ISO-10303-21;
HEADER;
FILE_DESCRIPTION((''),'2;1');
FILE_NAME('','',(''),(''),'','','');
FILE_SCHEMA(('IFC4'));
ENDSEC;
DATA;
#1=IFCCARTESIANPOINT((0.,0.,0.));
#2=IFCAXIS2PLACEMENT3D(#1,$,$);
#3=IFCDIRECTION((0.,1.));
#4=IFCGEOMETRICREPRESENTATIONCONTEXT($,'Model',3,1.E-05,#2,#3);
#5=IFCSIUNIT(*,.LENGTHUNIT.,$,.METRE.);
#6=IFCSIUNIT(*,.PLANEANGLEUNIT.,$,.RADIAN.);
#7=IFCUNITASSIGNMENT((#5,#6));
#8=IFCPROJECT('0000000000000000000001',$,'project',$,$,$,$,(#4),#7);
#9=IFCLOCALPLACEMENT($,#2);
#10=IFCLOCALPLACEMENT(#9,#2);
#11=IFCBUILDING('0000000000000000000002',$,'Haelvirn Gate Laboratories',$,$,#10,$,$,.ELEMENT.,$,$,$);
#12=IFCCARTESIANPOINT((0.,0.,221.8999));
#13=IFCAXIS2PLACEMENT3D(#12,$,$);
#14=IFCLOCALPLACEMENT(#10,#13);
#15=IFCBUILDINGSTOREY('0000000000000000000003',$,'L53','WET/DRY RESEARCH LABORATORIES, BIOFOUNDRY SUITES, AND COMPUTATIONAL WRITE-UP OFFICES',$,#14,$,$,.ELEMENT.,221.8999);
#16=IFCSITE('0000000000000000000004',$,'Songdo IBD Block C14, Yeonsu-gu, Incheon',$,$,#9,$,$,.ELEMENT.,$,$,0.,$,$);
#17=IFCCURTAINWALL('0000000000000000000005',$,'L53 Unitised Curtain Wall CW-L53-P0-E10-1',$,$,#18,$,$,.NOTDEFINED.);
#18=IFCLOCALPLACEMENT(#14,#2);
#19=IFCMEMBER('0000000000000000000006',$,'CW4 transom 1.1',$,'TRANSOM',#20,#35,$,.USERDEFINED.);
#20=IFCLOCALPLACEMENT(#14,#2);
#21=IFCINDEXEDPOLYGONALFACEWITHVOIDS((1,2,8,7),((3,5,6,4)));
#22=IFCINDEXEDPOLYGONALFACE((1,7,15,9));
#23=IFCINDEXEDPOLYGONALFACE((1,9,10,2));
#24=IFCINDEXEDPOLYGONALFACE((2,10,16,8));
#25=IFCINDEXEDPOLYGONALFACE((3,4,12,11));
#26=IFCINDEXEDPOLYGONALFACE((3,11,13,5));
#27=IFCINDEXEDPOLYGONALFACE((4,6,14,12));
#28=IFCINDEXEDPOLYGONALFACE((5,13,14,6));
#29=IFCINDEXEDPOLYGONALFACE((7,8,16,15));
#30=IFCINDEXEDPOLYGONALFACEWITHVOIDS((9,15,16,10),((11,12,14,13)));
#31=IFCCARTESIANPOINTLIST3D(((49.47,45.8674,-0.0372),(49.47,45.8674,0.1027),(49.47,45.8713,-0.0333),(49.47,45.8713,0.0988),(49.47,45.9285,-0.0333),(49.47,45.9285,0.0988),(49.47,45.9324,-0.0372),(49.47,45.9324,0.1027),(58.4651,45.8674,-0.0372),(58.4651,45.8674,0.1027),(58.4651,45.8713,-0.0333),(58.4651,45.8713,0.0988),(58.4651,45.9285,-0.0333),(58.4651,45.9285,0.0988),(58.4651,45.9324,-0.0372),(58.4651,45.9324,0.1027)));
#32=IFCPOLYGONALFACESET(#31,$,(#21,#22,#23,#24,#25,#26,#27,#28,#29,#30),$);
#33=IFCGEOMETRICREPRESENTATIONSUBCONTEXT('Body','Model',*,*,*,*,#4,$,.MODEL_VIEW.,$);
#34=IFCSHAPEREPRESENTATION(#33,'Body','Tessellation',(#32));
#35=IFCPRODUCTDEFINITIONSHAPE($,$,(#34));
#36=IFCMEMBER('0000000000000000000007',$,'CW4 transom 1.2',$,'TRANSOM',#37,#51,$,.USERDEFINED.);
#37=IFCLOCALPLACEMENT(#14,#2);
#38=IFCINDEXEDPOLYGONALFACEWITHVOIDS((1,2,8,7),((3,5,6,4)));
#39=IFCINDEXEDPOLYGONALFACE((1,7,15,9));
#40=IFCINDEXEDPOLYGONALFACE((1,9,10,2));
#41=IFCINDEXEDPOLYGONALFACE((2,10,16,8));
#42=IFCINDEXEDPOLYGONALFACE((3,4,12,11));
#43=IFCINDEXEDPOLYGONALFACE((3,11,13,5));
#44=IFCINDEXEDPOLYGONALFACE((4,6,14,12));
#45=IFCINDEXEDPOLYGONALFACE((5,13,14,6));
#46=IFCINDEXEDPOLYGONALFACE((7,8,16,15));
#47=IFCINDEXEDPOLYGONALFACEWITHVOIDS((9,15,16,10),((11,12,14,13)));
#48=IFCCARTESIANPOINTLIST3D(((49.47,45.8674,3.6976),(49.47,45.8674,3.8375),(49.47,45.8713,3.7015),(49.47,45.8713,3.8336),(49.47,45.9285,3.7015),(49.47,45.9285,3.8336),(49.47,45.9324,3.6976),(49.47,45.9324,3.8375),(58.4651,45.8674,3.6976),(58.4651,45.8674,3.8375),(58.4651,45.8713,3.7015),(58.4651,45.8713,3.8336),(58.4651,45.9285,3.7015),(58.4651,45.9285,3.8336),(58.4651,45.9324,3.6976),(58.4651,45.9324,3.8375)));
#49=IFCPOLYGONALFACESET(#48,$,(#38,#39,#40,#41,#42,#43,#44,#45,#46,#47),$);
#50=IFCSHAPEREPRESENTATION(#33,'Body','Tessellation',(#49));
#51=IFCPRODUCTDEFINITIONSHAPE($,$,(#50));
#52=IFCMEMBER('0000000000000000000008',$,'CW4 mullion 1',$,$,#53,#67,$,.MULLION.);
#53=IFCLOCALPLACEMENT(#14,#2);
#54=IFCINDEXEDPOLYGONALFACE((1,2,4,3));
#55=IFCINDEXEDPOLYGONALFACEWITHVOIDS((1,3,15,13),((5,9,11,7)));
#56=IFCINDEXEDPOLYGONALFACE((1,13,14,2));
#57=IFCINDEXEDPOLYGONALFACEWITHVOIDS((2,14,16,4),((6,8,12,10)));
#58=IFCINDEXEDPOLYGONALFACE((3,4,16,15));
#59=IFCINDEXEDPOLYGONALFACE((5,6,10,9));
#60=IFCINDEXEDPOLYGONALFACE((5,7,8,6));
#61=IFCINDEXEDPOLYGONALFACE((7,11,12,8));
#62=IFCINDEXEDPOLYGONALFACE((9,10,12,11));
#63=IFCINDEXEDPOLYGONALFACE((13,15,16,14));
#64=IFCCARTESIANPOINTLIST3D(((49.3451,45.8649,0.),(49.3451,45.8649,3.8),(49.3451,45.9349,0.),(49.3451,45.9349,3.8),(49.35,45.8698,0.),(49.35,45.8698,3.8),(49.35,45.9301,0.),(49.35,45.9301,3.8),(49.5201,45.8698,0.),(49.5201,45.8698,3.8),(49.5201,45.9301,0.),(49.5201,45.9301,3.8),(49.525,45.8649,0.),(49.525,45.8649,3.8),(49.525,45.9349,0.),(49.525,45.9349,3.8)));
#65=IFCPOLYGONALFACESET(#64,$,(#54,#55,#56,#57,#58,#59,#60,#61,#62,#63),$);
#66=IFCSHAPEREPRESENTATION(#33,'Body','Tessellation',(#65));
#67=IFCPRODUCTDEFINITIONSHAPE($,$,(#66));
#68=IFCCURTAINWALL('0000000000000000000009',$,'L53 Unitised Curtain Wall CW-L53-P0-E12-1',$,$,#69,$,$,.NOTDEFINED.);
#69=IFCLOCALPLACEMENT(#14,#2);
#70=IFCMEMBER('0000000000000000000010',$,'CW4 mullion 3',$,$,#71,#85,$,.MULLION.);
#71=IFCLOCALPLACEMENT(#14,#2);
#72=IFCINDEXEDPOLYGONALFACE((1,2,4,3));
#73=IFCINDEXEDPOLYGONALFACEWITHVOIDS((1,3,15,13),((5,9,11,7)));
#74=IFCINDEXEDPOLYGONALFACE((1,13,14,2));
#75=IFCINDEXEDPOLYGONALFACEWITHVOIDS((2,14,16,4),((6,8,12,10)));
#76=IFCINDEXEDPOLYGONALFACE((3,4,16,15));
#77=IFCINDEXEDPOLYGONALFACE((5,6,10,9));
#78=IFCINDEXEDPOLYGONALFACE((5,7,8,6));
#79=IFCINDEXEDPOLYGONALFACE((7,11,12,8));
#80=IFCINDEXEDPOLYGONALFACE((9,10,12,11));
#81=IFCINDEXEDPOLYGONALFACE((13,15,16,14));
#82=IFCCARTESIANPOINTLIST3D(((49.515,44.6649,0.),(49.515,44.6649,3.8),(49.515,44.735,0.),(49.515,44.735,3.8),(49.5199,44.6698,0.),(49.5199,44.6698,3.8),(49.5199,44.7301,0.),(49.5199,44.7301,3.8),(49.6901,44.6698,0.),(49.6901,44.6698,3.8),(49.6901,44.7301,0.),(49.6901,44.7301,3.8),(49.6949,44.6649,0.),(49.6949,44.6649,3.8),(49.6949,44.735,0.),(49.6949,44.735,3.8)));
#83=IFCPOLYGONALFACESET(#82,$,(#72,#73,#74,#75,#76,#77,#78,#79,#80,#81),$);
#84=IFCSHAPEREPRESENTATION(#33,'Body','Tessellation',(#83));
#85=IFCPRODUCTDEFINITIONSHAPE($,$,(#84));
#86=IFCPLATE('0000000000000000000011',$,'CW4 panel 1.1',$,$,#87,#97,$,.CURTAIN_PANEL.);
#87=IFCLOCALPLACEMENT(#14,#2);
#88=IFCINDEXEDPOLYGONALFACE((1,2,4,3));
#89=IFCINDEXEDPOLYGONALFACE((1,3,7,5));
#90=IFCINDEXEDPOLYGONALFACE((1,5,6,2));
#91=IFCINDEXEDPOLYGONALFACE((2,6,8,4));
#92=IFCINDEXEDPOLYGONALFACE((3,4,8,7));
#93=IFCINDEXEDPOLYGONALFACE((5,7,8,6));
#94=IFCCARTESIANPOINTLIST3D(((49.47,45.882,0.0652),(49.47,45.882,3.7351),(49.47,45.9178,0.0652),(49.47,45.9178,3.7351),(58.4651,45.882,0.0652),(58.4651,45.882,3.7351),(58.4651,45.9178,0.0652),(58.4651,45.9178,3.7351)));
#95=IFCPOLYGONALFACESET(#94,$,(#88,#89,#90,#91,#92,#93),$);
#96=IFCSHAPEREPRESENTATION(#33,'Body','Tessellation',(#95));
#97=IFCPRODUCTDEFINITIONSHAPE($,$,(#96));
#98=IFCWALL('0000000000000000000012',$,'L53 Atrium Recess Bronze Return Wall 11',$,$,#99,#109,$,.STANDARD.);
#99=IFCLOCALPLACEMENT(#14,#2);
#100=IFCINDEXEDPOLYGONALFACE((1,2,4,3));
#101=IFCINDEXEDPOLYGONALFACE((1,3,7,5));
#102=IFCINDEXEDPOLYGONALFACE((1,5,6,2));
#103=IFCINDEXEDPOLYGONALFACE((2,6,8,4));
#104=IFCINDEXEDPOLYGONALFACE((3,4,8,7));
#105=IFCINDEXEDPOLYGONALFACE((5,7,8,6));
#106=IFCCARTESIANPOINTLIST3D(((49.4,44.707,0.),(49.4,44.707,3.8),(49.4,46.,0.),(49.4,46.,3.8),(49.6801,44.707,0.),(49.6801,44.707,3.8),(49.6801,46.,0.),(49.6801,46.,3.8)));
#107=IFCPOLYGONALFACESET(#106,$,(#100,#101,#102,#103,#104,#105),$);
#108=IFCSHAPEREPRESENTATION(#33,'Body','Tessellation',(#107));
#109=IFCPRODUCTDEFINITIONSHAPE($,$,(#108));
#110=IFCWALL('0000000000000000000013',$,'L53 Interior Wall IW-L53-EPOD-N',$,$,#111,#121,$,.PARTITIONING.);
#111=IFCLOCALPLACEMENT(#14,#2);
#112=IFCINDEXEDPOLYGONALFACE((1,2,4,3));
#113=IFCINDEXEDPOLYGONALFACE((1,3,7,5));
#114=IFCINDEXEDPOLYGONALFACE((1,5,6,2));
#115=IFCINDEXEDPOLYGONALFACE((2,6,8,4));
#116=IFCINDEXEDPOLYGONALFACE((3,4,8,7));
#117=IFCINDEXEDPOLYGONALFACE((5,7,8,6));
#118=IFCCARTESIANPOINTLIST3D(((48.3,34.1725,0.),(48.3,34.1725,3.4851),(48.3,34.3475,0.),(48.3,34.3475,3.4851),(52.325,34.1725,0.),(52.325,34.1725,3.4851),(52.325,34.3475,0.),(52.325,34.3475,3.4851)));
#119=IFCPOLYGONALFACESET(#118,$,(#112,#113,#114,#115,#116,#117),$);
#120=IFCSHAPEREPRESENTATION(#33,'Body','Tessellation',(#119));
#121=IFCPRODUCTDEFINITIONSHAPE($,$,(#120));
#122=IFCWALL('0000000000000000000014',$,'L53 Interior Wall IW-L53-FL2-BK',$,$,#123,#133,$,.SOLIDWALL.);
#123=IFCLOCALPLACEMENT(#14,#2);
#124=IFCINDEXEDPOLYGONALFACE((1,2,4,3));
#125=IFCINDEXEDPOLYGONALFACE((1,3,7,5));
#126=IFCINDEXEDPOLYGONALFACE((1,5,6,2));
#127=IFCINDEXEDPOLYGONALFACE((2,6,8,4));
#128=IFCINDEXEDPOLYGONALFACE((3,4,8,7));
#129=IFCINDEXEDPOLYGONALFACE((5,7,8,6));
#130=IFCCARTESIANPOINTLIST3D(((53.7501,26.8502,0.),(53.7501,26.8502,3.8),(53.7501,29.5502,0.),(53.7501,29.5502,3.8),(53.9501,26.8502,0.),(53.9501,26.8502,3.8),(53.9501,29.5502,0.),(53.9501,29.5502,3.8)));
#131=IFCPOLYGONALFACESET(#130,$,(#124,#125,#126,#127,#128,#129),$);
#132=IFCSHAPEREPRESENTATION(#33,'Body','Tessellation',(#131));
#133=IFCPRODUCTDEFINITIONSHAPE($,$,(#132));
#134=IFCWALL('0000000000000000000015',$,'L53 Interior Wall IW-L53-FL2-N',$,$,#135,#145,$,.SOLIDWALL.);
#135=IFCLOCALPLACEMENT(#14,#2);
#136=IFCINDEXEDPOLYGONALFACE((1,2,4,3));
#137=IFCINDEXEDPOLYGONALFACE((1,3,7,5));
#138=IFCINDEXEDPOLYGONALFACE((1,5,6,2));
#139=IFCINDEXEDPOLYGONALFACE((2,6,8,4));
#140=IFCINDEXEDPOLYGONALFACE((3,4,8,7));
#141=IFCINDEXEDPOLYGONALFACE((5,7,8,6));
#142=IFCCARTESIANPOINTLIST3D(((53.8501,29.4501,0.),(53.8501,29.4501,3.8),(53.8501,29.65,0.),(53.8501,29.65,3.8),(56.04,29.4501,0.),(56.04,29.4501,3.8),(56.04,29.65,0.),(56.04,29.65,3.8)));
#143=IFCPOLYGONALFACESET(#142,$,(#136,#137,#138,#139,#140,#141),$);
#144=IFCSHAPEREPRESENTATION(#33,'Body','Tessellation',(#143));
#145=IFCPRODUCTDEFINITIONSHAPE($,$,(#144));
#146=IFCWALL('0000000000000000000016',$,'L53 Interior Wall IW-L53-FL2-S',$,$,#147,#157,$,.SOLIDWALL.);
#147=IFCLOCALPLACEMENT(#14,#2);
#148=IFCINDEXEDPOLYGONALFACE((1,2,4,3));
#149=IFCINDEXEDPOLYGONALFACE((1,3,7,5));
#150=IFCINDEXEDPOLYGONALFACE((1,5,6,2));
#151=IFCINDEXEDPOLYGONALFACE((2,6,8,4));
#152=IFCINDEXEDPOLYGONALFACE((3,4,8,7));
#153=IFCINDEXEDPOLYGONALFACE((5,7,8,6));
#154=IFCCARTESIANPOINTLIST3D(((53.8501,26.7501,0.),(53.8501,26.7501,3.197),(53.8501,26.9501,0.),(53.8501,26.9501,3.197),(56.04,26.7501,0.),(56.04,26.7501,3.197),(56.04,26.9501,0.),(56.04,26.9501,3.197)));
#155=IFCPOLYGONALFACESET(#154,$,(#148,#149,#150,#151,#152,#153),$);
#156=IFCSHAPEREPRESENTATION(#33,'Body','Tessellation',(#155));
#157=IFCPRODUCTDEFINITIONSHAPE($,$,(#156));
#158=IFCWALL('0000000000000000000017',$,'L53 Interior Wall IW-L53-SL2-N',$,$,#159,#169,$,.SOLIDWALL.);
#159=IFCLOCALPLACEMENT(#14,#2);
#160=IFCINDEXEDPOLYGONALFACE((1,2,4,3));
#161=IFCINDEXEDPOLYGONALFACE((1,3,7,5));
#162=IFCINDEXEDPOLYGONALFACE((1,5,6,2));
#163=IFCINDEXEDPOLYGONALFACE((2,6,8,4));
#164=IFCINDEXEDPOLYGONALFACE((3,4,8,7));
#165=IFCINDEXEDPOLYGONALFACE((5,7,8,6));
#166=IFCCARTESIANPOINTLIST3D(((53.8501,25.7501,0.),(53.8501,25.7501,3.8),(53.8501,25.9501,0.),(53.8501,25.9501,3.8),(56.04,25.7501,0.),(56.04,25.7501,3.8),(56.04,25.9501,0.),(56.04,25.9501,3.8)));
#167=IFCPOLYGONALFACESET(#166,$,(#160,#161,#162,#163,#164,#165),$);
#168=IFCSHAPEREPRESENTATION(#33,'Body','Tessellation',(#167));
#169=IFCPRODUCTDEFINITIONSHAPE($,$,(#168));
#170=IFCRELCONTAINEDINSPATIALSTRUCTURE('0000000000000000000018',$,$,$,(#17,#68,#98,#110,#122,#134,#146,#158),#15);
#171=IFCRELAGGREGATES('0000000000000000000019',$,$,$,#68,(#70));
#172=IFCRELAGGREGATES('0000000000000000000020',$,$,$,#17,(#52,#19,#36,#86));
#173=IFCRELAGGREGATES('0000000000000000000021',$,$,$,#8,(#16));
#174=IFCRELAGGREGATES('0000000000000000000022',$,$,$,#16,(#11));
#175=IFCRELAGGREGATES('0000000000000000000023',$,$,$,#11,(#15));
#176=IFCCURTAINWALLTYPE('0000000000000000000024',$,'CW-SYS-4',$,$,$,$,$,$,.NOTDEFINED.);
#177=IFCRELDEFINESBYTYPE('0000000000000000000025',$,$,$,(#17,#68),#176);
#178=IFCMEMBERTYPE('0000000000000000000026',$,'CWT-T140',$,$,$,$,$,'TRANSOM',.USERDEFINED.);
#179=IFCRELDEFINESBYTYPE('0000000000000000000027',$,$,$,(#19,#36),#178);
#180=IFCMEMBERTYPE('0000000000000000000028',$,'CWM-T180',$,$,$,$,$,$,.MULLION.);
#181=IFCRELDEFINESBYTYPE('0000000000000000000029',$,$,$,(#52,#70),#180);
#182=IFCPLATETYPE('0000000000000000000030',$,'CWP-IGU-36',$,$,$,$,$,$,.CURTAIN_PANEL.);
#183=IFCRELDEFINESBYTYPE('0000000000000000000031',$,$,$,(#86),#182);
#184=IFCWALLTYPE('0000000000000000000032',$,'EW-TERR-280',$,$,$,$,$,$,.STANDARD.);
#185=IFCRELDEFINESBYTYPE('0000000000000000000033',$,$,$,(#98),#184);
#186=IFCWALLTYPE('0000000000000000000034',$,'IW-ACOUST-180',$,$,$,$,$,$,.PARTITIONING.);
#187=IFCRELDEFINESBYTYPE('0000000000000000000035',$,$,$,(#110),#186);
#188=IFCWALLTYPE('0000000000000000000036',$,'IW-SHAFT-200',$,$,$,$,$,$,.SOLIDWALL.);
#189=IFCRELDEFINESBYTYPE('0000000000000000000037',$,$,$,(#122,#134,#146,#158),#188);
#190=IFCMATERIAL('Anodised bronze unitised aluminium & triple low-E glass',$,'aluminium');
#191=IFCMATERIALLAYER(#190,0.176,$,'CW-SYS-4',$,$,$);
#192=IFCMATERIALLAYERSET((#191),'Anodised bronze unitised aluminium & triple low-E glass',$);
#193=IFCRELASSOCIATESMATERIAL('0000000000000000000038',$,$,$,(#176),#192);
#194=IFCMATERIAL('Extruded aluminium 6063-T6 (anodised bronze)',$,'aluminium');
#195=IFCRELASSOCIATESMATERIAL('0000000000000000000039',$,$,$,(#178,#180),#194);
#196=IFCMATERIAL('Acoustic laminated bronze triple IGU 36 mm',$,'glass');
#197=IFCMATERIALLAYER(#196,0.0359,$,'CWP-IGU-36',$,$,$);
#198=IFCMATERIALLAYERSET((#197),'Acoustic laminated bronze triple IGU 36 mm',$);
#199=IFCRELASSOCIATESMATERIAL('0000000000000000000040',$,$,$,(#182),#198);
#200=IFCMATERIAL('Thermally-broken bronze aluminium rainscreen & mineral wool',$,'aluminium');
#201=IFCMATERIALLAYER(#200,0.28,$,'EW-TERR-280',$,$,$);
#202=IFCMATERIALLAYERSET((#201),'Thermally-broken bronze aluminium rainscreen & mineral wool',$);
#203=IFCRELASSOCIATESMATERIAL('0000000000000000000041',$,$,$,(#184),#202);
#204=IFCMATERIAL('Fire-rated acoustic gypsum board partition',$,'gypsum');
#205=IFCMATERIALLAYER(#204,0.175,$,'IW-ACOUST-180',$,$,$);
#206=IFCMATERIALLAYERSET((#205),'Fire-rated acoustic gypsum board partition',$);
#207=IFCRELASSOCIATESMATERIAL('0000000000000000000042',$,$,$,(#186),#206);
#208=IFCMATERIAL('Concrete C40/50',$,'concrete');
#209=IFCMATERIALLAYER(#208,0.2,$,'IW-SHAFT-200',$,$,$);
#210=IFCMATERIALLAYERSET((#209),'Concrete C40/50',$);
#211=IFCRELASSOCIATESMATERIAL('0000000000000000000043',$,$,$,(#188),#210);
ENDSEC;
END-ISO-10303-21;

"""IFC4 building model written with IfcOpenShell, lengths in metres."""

from ifc_helpers import new_model, si_unit, direction, frame, frame_2d, origin, origin_2d, place, context, subcontext, project, spatial, rectangle, hollow_rectangle, extrude, source, transform, mapped, material, layer, layer_set, material_profile, profile_set, type_object, type_shapes, element, aggregate, save


model = new_model("IFC4")

# Units and contexts
model_context = context("Model", 3, precision=1e-05, world=origin(), true_north=direction((0.0, 1.0)))
body_context = subcontext(model_context, "Body", "Model", "MODEL_VIEW")
ifc_project = project(units=[si_unit("LENGTHUNIT", "METRE"), si_unit("PLANEANGLEUNIT", "RADIAN")], contexts=[model_context])

# Site, building, storey
site_placement = place(None, origin())
site = spatial("IfcSite", under=ifc_project, at=site_placement, Name="Songdo IBD Block C14, Yeonsu-gu, Incheon", CompositionType="ELEMENT", RefElevation=0.0)
building_placement = place(site_placement, origin())
building = spatial("IfcBuilding", under=site, at=building_placement, Name="Haelvirn Gate Laboratories", CompositionType="ELEMENT")
storey_placement = place(building_placement, frame((0.0, 0.0, 221.8999)))
storey = spatial("IfcBuildingStorey", under=building, at=storey_placement, Name="L53", Description="WET/DRY RESEARCH LABORATORIES, BIOFOUNDRY SUITES, AND COMPUTATIONAL WRITE-UP OFFICES", CompositionType="ELEMENT", Elevation=221.8999)

# Curtain wall, members
ifc_material_1 = material(Name="Anodised bronze unitised aluminium & triple low-E glass", Category="aluminium")
ifc_layer_1 = layer(ifc_material_1, 0.176, Name="CW-SYS-4")
ifc_layer_set_1 = layer_set([ifc_layer_1], Name="Anodised bronze unitised aluminium & triple low-E glass")
curtain_wall_type = type_object("IfcCurtainWallType", Name="CW-SYS-4", PredefinedType="NOTDEFINED", material=ifc_layer_set_1)
curtain_wall_1_placement = place(storey_placement, origin())
curtain_wall_1 = element("IfcCurtainWall", 1, at=curtain_wall_1_placement, inside=storey, type_object=curtain_wall_type, Name="L53 Unitised Curtain Wall CW-L53-P0-E10-1", PredefinedType="NOTDEFINED")
ifc_material_2 = material(Name="Extruded aluminium 6063-T6 (anodised bronze)", Category="aluminium")
ifc_material_profile_1 = material_profile(ifc_material_2, hollow_rectangle(XDim=0.0649, YDim=0.1399, WallThickness=0.0039, at=origin_2d()), Name="CWT-140x65x4")
ifc_profile_set_1 = profile_set([ifc_material_profile_1], Name="Extruded aluminium 6063-T6 (anodised bronze)")
member_type_1 = type_object("IfcMemberType", Name="CWT-T140", ElementType="TRANSOM", PredefinedType="USERDEFINED", material=ifc_profile_set_1)
shared_shape_1 = source(origin(), body_context, "Body", "SweptSolid", [
    extrude(hollow_rectangle(XDim=0.0649, YDim=0.1399, WallThickness=0.0039, at=origin_2d()), origin(), (0.0, 0.0, 1.0), 8.9951),
])
type_shapes(member_type_1, [shared_shape_1])
member_1_placement = place(storey_placement, frame((49.47, 45.8999, 0.0327), z_axis=(1.0, 0.0, 0.0), x_axis=(0.0, 1.0, 0.0)))
member_1 = element("IfcMember", 2, at=member_1_placement, type_object=member_type_1, Name="CW4 transom 1.1", ObjectType="TRANSOM", PredefinedType="USERDEFINED", context=body_context, shape_type="MappedRepresentation", body=[
    mapped(shared_shape_1, transform((0.0, 0.0, 0.0), scale=1.0)),
])
member_2_placement = place(storey_placement, frame((49.47, 45.8999, 3.7676), z_axis=(1.0, 0.0, 0.0), x_axis=(0.0, 1.0, 0.0)))
member_2 = element("IfcMember", 3, at=member_2_placement, type_object=member_type_1, Name="CW4 transom 1.2", ObjectType="TRANSOM", PredefinedType="USERDEFINED", context=body_context, shape_type="MappedRepresentation", body=[
    mapped(shared_shape_1, transform((0.0, 0.0, 0.0), scale=1.0)),
])
ifc_material_profile_2 = material_profile(ifc_material_2, hollow_rectangle(XDim=0.0701, YDim=0.1799, WallThickness=0.0049, at=origin_2d()), Name="CWM-180x70x5")
ifc_profile_set_2 = profile_set([ifc_material_profile_2], Name="Extruded aluminium 6063-T6 (anodised bronze)")
member_type_2 = type_object("IfcMemberType", Name="CWM-T180", PredefinedType="MULLION", material=ifc_profile_set_2)
shared_shape_2 = source(origin(), body_context, "Body", "SweptSolid", [
    extrude(hollow_rectangle(XDim=0.0701, YDim=0.1799, WallThickness=0.0049, at=origin_2d()), origin(), (0.0, 0.0, 1.0), 3.8),
])
type_shapes(member_type_2, [shared_shape_2])
member_3_placement = place(storey_placement, frame((49.4351, 45.8999, 0.0), z_axis=(0.0, 0.0, 1.0), x_axis=(0.0, 1.0, 0.0)))
member_3 = element("IfcMember", 4, at=member_3_placement, type_object=member_type_2, Name="CW4 mullion 1", PredefinedType="MULLION", context=body_context, shape_type="MappedRepresentation", body=[
    mapped(shared_shape_2, transform((0.0, 0.0, 0.0), scale=1.0)),
])

# Curtain wall, member
curtain_wall_2_placement = place(storey_placement, origin())
curtain_wall_2 = element("IfcCurtainWall", 5, at=curtain_wall_2_placement, inside=storey, type_object=curtain_wall_type, Name="L53 Unitised Curtain Wall CW-L53-P0-E12-1", PredefinedType="NOTDEFINED")
member_4_placement = place(storey_placement, frame((49.605, 44.7, 0.0), z_axis=(0.0, 0.0, 1.0), x_axis=(0.0, 1.0, 0.0)))
member_4 = element("IfcMember", 6, at=member_4_placement, type_object=member_type_2, Name="CW4 mullion 3", PredefinedType="MULLION", context=body_context, shape_type="MappedRepresentation", body=[
    mapped(shared_shape_2, transform((0.0, 0.0, 0.0), scale=1.0)),
])
aggregate(curtain_wall_2, [member_4])

# Plate
ifc_material_3 = material(Name="Acoustic laminated bronze triple IGU 36 mm", Category="glass")
ifc_layer_2 = layer(ifc_material_3, 0.0359, Name="CWP-IGU-36")
ifc_layer_set_2 = layer_set([ifc_layer_2], Name="Acoustic laminated bronze triple IGU 36 mm")
plate_type = type_object("IfcPlateType", Name="CWP-IGU-36", PredefinedType="CURTAIN_PANEL", material=ifc_layer_set_2)
shared_shape_3 = source(origin(), body_context, "Body", "SweptSolid", [
    extrude(rectangle(XDim=8.9951, YDim=0.0359, at=origin_2d()), origin(), (0.0, 0.0, 1.0), 3.6699),
])
type_shapes(plate_type, [shared_shape_3])
plate_placement = place(storey_placement, frame((53.9675, 45.8999, 0.0652), z_axis=(0.0, 0.0, 1.0), x_axis=(1.0, 0.0, 0.0)))
plate = element("IfcPlate", 7, at=plate_placement, type_object=plate_type, Name="CW4 panel 1.1", PredefinedType="CURTAIN_PANEL", context=body_context, shape_type="MappedRepresentation", body=[
    mapped(shared_shape_3, transform((0.0, 0.0, 0.0), scale=1.0)),
])
aggregate(curtain_wall_1, [member_3, member_1, member_2, plate])

# Walls
ifc_material_4 = material(Name="Thermally-broken bronze aluminium rainscreen & mineral wool", Category="aluminium")
ifc_layer_3 = layer(ifc_material_4, 0.28, Name="EW-TERR-280")
ifc_layer_set_3 = layer_set([ifc_layer_3], Name="Thermally-broken bronze aluminium rainscreen & mineral wool")
wall_type_1 = type_object("IfcWallType", Name="EW-TERR-280", PredefinedType="STANDARD", material=ifc_layer_set_3)
wall_1_placement = place(storey_placement, frame((49.54, 46.0, 0.0), z_axis=(0.0, 0.0, 1.0), x_axis=(0.0, -1.0, 0.0)))
element("IfcWall", 8, at=wall_1_placement, inside=storey, type_object=wall_type_1, Name="L53 Atrium Recess Bronze Return Wall 11", PredefinedType="STANDARD", context=body_context, shape_type="SweptSolid", body=[
    extrude(rectangle(XDim=1.293, YDim=0.28, at=frame_2d((0.6465, 0.0))), origin(), (0.0, 0.0, 1.0), 3.8),
])
ifc_material_5 = material(Name="Fire-rated acoustic gypsum board partition", Category="gypsum")
ifc_layer_4 = layer(ifc_material_5, 0.175, Name="IW-ACOUST-180")
ifc_layer_set_4 = layer_set([ifc_layer_4], Name="Fire-rated acoustic gypsum board partition")
wall_type_2 = type_object("IfcWallType", Name="IW-ACOUST-180", PredefinedType="PARTITIONING", material=ifc_layer_set_4)
wall_2_placement = place(storey_placement, frame((48.3, 34.26, 0.0), z_axis=(0.0, 0.0, 1.0), x_axis=(1.0, 0.0, 0.0)))
element("IfcWall", 9, at=wall_2_placement, inside=storey, type_object=wall_type_2, Name="L53 Interior Wall IW-L53-EPOD-N", PredefinedType="PARTITIONING", context=body_context, shape_type="SweptSolid", body=[
    extrude(rectangle(XDim=4.0249, YDim=0.175, at=frame_2d((2.0125, 0.0))), origin(), (0.0, 0.0, 1.0), 3.4851),
])
ifc_material_6 = material(Name="Concrete C40/50", Category="concrete")
ifc_layer_5 = layer(ifc_material_6, 0.2, Name="IW-SHAFT-200")
ifc_layer_set_5 = layer_set([ifc_layer_5], Name="Concrete C40/50")
wall_type_3 = type_object("IfcWallType", Name="IW-SHAFT-200", PredefinedType="SOLIDWALL", material=ifc_layer_set_5)
wall_3_placement = place(storey_placement, frame((53.8501, 26.8501, 0.0), z_axis=(0.0, 0.0, 1.0), x_axis=(0.0, 1.0, 0.0)))
element("IfcWall", 10, at=wall_3_placement, inside=storey, type_object=wall_type_3, Name="L53 Interior Wall IW-L53-FL2-BK", PredefinedType="SOLIDWALL", context=body_context, shape_type="SweptSolid", body=[
    extrude(rectangle(XDim=2.7, YDim=0.2, at=frame_2d((1.3501, 0.0))), origin(), (0.0, 0.0, 1.0), 3.8),
])
wall_4_placement = place(storey_placement, frame((53.8501, 29.55, 0.0), z_axis=(0.0, 0.0, 1.0), x_axis=(1.0, 0.0, 0.0)))
element("IfcWall", 11, at=wall_4_placement, inside=storey, type_object=wall_type_3, Name="L53 Interior Wall IW-L53-FL2-N", PredefinedType="SOLIDWALL", context=body_context, shape_type="SweptSolid", body=[
    extrude(rectangle(XDim=2.1899, YDim=0.2, at=frame_2d((1.095, 0.0))), origin(), (0.0, 0.0, 1.0), 3.8),
])
wall_5_placement = place(storey_placement, frame((53.8501, 26.8501, 0.0), z_axis=(0.0, 0.0, 1.0), x_axis=(1.0, 0.0, 0.0)))
element("IfcWall", 12, at=wall_5_placement, inside=storey, type_object=wall_type_3, Name="L53 Interior Wall IW-L53-FL2-S", PredefinedType="SOLIDWALL", context=body_context, shape_type="SweptSolid", body=[
    extrude(rectangle(XDim=2.1899, YDim=0.2, at=frame_2d((1.095, 0.0))), origin(), (0.0, 0.0, 1.0), 3.197),
])
wall_6_placement = place(storey_placement, frame((53.8501, 25.8501, 0.0), z_axis=(0.0, 0.0, 1.0), x_axis=(1.0, 0.0, 0.0)))
element("IfcWall", 13, at=wall_6_placement, inside=storey, type_object=wall_type_3, Name="L53 Interior Wall IW-L53-SL2-N", PredefinedType="SOLIDWALL", context=body_context, shape_type="SweptSolid", body=[
    extrude(rectangle(XDim=2.1899, YDim=0.2, at=frame_2d((1.095, 0.0))), origin(), (0.0, 0.0, 1.0), 3.8),
])

save(model, "model.ifc")
